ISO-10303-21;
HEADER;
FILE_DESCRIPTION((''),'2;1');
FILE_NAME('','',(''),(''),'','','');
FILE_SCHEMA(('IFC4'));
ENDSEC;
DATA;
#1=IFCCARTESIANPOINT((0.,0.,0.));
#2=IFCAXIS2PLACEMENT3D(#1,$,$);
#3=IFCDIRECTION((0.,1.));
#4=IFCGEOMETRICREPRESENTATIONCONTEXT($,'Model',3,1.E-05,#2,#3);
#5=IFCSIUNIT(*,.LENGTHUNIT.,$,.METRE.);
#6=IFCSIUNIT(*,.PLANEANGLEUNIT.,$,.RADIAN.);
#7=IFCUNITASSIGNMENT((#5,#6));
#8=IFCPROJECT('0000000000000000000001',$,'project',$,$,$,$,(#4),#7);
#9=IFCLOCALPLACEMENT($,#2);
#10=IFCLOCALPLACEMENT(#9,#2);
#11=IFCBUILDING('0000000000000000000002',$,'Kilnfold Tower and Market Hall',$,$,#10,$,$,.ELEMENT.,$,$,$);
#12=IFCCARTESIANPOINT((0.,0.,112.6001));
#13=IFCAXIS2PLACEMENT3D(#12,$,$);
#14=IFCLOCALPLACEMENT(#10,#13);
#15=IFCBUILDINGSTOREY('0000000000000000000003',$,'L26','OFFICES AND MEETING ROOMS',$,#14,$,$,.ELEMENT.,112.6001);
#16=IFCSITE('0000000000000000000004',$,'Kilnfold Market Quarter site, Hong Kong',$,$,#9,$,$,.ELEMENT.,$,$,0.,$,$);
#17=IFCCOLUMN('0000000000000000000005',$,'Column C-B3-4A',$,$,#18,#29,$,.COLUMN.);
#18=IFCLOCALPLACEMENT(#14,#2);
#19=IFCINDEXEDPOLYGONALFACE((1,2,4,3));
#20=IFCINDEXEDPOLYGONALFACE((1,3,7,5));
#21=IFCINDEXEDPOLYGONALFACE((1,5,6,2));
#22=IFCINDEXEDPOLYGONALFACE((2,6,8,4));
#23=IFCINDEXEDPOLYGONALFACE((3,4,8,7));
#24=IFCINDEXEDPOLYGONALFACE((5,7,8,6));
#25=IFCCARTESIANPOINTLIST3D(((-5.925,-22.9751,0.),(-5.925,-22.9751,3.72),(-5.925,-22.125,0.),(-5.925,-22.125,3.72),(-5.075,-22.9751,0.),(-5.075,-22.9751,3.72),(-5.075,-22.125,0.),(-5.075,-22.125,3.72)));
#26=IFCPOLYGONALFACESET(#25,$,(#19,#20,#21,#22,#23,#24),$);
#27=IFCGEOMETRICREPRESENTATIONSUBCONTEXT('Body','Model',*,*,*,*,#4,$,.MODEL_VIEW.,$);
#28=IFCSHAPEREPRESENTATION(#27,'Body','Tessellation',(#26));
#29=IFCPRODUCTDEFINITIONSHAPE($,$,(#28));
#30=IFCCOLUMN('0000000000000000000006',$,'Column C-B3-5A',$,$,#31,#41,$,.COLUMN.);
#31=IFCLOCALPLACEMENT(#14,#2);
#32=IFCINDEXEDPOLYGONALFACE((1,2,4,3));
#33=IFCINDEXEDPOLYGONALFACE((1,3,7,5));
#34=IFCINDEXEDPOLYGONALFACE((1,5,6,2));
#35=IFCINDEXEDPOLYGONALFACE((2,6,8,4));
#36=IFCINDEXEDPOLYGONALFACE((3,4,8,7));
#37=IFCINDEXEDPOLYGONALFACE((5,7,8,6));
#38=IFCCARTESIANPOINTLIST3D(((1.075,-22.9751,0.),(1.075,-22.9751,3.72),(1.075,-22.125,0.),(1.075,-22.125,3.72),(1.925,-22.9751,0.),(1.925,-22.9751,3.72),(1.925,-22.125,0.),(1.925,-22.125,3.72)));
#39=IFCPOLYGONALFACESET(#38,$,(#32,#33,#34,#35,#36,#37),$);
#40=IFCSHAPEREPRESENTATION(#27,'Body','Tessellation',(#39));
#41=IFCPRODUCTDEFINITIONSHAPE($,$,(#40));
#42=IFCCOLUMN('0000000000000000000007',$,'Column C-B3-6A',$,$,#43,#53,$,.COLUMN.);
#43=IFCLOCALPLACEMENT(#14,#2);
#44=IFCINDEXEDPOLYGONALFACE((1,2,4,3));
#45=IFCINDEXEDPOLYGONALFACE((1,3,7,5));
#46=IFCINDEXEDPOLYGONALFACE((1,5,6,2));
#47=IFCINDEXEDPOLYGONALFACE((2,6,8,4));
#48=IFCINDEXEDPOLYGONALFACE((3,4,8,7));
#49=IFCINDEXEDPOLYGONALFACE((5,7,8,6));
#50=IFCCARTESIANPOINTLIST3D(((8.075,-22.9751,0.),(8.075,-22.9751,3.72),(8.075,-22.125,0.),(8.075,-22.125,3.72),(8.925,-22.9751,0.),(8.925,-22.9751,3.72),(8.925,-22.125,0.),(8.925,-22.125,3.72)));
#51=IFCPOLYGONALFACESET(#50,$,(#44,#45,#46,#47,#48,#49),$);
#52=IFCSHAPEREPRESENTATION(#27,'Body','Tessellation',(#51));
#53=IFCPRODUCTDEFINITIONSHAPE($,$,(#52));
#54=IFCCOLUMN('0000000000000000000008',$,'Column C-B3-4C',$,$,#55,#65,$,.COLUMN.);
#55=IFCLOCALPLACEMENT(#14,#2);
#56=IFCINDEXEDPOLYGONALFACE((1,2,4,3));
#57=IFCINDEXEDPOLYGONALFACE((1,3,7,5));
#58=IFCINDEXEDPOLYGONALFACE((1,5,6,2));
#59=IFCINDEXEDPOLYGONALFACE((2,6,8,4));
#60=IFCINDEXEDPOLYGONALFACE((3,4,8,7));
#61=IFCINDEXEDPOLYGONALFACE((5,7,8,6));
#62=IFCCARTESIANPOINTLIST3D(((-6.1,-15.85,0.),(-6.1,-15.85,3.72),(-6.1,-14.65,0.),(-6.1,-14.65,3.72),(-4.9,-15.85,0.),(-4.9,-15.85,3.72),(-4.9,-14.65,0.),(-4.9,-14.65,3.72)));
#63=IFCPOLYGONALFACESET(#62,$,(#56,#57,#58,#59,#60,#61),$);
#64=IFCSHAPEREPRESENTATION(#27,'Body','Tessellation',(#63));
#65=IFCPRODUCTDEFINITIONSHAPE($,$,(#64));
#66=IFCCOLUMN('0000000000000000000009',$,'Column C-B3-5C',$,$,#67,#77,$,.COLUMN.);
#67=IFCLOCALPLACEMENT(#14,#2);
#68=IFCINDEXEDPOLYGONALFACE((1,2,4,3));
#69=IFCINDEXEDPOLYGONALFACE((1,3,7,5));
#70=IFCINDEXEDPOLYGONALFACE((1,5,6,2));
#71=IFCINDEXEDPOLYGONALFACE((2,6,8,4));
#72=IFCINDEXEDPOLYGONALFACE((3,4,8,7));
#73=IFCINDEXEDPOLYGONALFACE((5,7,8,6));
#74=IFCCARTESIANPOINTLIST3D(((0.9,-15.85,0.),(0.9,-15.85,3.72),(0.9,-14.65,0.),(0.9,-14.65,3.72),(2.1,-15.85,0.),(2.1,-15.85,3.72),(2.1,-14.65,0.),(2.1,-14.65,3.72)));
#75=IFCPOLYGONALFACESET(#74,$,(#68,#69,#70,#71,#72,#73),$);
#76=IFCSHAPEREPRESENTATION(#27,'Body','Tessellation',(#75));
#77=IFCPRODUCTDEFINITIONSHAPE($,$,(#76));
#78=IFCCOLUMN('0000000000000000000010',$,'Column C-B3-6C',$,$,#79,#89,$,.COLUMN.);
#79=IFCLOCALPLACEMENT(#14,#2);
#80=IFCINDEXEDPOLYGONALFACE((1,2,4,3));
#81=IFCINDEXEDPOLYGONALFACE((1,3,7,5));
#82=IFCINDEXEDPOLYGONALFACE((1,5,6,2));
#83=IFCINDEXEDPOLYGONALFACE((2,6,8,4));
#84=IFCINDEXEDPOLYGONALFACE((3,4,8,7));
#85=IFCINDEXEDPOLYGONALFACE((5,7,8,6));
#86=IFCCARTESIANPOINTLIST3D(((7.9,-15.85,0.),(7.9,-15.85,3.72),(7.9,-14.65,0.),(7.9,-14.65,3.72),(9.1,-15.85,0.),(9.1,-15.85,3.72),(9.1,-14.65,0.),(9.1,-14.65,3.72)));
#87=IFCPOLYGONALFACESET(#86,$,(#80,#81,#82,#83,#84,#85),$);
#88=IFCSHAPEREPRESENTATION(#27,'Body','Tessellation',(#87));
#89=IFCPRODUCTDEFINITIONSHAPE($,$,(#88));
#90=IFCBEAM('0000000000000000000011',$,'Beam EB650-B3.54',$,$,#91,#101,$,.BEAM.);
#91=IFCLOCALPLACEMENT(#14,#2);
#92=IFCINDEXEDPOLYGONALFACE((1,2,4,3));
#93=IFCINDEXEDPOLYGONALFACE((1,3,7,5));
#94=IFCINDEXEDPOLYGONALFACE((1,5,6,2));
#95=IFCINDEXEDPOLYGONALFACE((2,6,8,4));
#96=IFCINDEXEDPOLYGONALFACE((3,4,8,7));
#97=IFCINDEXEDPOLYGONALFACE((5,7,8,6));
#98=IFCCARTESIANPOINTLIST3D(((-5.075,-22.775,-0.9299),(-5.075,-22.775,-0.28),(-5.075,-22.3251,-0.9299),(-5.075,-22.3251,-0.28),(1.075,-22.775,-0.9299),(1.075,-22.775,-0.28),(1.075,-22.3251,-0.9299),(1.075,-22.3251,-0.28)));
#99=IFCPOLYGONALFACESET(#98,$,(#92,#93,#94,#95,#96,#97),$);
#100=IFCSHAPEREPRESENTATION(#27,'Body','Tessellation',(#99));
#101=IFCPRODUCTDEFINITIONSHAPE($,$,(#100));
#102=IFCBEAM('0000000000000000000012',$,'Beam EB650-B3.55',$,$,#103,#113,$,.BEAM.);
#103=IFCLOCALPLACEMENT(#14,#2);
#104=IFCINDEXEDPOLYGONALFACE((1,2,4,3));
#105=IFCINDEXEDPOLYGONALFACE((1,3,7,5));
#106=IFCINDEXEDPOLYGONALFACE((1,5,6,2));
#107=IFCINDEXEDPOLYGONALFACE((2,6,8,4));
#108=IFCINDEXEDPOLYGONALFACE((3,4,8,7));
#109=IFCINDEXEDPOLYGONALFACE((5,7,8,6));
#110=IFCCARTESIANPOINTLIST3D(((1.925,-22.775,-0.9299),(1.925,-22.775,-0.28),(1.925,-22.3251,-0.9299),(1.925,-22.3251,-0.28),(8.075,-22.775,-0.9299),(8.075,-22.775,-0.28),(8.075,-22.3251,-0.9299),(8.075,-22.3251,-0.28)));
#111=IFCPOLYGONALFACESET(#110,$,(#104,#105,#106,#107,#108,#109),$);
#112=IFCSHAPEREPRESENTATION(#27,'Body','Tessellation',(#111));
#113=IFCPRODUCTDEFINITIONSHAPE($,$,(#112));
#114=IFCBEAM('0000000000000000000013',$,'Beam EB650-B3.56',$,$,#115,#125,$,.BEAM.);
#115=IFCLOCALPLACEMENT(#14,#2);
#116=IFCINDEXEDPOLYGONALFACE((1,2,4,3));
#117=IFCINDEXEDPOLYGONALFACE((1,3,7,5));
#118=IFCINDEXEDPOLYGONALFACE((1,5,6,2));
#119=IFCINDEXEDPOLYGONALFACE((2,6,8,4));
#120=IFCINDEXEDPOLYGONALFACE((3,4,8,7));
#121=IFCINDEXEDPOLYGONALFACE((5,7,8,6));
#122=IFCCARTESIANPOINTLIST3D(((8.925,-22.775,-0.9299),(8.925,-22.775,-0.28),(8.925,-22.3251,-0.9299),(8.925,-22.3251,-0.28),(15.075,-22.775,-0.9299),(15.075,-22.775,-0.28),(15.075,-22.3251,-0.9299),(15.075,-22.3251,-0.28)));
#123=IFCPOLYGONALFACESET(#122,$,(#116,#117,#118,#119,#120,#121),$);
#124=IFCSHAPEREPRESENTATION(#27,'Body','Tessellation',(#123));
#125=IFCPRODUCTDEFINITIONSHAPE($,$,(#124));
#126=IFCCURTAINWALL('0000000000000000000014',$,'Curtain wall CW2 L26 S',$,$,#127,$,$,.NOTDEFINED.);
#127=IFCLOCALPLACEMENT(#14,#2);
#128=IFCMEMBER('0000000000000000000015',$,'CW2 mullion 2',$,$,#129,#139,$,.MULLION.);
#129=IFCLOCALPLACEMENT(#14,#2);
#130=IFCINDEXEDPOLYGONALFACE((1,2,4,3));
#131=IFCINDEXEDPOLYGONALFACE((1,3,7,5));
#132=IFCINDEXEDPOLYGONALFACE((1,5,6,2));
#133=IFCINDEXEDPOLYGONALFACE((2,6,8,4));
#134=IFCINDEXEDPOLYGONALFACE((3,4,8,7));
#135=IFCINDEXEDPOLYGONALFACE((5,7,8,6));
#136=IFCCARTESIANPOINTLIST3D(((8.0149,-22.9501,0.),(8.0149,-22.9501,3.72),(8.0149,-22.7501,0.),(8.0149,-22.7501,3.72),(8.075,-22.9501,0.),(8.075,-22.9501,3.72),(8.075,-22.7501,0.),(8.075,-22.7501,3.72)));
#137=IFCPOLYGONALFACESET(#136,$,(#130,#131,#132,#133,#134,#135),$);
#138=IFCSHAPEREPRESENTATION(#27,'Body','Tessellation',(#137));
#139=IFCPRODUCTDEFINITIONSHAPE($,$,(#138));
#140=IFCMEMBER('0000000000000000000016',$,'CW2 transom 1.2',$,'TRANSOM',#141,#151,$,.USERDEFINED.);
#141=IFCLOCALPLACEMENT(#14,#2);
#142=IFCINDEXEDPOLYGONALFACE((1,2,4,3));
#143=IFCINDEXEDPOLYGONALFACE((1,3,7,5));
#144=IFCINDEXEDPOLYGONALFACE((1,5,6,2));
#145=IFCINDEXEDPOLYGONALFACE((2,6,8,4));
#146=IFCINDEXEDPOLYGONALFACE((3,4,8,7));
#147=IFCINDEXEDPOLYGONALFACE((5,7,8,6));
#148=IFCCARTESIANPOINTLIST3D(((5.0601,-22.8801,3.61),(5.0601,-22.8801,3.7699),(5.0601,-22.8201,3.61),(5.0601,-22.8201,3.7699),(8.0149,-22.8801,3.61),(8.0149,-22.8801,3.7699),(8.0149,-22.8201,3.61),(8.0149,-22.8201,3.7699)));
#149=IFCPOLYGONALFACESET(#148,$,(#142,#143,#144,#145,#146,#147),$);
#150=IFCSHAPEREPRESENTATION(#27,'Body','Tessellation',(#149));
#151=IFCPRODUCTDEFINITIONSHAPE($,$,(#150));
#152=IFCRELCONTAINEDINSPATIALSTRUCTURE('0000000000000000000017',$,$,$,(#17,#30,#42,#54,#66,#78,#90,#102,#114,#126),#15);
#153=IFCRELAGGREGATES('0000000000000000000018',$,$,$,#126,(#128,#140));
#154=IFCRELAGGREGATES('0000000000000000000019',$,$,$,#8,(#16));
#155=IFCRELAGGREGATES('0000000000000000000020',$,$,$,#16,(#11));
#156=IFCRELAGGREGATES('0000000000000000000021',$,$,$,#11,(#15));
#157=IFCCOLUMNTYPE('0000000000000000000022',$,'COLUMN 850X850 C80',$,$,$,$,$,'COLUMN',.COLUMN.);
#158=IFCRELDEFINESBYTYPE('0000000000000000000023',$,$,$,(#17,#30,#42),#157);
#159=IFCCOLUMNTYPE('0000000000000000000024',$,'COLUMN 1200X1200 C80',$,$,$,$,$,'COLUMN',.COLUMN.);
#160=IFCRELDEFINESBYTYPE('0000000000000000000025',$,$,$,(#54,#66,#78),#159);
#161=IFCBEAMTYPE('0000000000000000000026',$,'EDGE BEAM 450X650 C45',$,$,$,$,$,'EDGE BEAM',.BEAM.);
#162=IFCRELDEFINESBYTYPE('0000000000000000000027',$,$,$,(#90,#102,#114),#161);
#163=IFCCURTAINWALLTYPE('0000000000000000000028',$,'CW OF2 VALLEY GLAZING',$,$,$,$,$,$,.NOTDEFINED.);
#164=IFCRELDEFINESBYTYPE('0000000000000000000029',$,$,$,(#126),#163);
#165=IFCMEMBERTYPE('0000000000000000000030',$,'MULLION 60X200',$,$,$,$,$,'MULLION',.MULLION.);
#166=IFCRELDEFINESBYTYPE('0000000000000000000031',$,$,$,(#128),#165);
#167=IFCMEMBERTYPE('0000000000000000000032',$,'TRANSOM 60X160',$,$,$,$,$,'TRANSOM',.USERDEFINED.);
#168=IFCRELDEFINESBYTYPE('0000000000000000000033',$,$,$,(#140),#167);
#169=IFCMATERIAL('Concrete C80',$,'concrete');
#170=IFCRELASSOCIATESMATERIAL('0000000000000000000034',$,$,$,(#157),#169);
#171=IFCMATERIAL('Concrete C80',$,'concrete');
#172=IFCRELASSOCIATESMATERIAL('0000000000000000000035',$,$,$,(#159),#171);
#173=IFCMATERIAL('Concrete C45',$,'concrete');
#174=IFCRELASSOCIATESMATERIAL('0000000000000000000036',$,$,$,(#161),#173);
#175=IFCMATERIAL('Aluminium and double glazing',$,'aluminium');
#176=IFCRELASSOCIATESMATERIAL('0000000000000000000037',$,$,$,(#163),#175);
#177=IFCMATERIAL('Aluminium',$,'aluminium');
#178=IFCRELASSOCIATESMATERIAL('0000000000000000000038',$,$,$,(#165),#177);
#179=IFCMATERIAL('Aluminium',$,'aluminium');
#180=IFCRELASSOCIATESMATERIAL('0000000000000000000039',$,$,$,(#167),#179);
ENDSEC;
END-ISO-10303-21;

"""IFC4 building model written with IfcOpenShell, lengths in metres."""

from ifc_helpers import new_model, si_unit, direction, frame, origin, origin_2d, place, context, subcontext, project, spatial, rectangle, extrude, source, transform, mapped, material, material_profile, profile_set, type_object, element, aggregate, save


model = new_model("IFC4")

# Units and contexts
model_context = context("Model", 3, precision=1e-05, world=origin(), true_north=direction((0.0, 1.0)))
body_context = subcontext(model_context, "Body", "Model", "MODEL_VIEW")
ifc_project = project(units=[si_unit("LENGTHUNIT", "METRE"), si_unit("PLANEANGLEUNIT", "RADIAN")], contexts=[model_context])

# Site, building, storey
site_placement = place(None, origin())
site = spatial("IfcSite", under=ifc_project, at=site_placement, Name="Kilnfold Market Quarter site, Hong Kong", CompositionType="ELEMENT", RefElevation=0.0)
building_placement = place(site_placement, origin())
building = spatial("IfcBuilding", under=site, at=building_placement, Name="Kilnfold Tower and Market Hall", CompositionType="ELEMENT")
storey_placement = place(building_placement, frame((0.0, 0.0, 112.6001)))
storey = spatial("IfcBuildingStorey", under=building, at=storey_placement, Name="L26", Description="OFFICES AND MEETING ROOMS", CompositionType="ELEMENT", Elevation=112.6001)

# Columns
ifc_material_1 = material(Name="Concrete C80", Category="concrete")
ifc_material_profile_1 = material_profile(ifc_material_1, rectangle(XDim=0.8501, YDim=0.8501, at=origin_2d()), Name="RC 850x850")
ifc_profile_set_1 = profile_set([ifc_material_profile_1], Name="Concrete C80")
column_type_1 = type_object("IfcColumnType", Name="COLUMN 850X850 C80", ElementType="COLUMN", PredefinedType="COLUMN", material=ifc_profile_set_1)
shared_shape_1 = source(origin(), body_context, "Body", "SweptSolid", [
    extrude(rectangle(XDim=0.8501, YDim=0.8501, at=origin_2d()), origin(), (0.0, 0.0, 1.0), 3.72),
])
for number, where, z_axis, x_axis, name in (
    (1, (-5.5, -22.55, 0.0), (0.0, 0.0, 1.0), (1.0, 0.0, 0.0), "Column C-B3-4A"),
    (2, (1.5, -22.55, 0.0), (0.0, 0.0, 1.0), (1.0, 0.0, 0.0), "Column C-B3-5A"),
    (3, (8.5, -22.55, 0.0), (0.0, 0.0, 1.0), (1.0, 0.0, 0.0), "Column C-B3-6A"),
):
    element("IfcColumn", number, at=place(storey_placement, frame(where, z_axis=z_axis, x_axis=x_axis)), inside=storey, type_object=column_type_1, Name=name, PredefinedType="COLUMN", context=body_context, shape_type="MappedRepresentation", body=[
        mapped(shared_shape_1, transform((0.0, 0.0, 0.0))),
    ])
ifc_material_2 = material(Name="Concrete C80", Category="concrete")
ifc_material_profile_2 = material_profile(ifc_material_2, rectangle(XDim=1.2, YDim=1.2, at=origin_2d()), Name="RC 1200x1200")
ifc_profile_set_2 = profile_set([ifc_material_profile_2], Name="Concrete C80")
column_type_2 = type_object("IfcColumnType", Name="COLUMN 1200X1200 C80", ElementType="COLUMN", PredefinedType="COLUMN", material=ifc_profile_set_2)
shared_shape_2 = source(origin(), body_context, "Body", "SweptSolid", [
    extrude(rectangle(XDim=1.2, YDim=1.2, at=origin_2d()), origin(), (0.0, 0.0, 1.0), 3.72),
])
for number, where, z_axis, x_axis, name in (
    (4, (-5.5, -15.25, 0.0), (0.0, 0.0, 1.0), (1.0, 0.0, 0.0), "Column C-B3-4C"),
    (5, (1.5, -15.25, 0.0), (0.0, 0.0, 1.0), (1.0, 0.0, 0.0), "Column C-B3-5C"),
    (6, (8.5, -15.25, 0.0), (0.0, 0.0, 1.0), (1.0, 0.0, 0.0), "Column C-B3-6C"),
):
    element("IfcColumn", number, at=place(storey_placement, frame(where, z_axis=z_axis, x_axis=x_axis)), inside=storey, type_object=column_type_2, Name=name, PredefinedType="COLUMN", context=body_context, shape_type="MappedRepresentation", body=[
        mapped(shared_shape_2, transform((0.0, 0.0, 0.0))),
    ])

# Beams
ifc_material_3 = material(Name="Concrete C45", Category="concrete")
ifc_material_profile_3 = material_profile(ifc_material_3, rectangle(XDim=0.45, YDim=0.6499, at=origin_2d()), Name="RC 450x650")
ifc_profile_set_3 = profile_set([ifc_material_profile_3], Name="Concrete C45")
beam_type = type_object("IfcBeamType", Name="EDGE BEAM 450X650 C45", ElementType="EDGE BEAM", PredefinedType="BEAM", material=ifc_profile_set_3)
shared_shape_3 = source(origin(), body_context, "Body", "SweptSolid", [
    extrude(rectangle(XDim=0.45, YDim=0.6499, at=origin_2d()), origin(), (0.0, 0.0, 1.0), 6.1499),
])
for number, where, z_axis, x_axis, name in (
    (7, (-5.075, -22.55, -0.605), (1.0, 0.0, 0.0), (0.0, 1.0, 0.0), "Beam EB650-B3.54"),
    (8, (1.925, -22.55, -0.605), (1.0, 0.0, 0.0), (0.0, 1.0, 0.0), "Beam EB650-B3.55"),
    (9, (8.925, -22.55, -0.605), (1.0, 0.0, 0.0), (0.0, 1.0, 0.0), "Beam EB650-B3.56"),
):
    element("IfcBeam", number, at=place(storey_placement, frame(where, z_axis=z_axis, x_axis=x_axis)), inside=storey, type_object=beam_type, Name=name, PredefinedType="BEAM", context=body_context, shape_type="MappedRepresentation", body=[
        mapped(shared_shape_3, transform((0.0, 0.0, 0.0))),
    ])

# Curtain wall, members
ifc_material_4 = material(Name="Aluminium and double glazing", Category="aluminium")
curtain_wall_type = type_object("IfcCurtainWallType", Name="CW OF2 VALLEY GLAZING", PredefinedType="NOTDEFINED", material=ifc_material_4)
curtain_wall_placement = place(storey_placement, origin())
curtain_wall = element("IfcCurtainWall", 10, at=curtain_wall_placement, inside=storey, type_object=curtain_wall_type, Name="Curtain wall CW2 L26 S", PredefinedType="NOTDEFINED")
ifc_material_5 = material(Name="Aluminium", Category="aluminium")
ifc_material_profile_4 = material_profile(ifc_material_5, rectangle(XDim=0.0601, YDim=0.2, at=origin_2d()), Name="MULLION 60x200")
ifc_profile_set_4 = profile_set([ifc_material_profile_4], Name="Aluminium")
member_type_1 = type_object("IfcMemberType", Name="MULLION 60X200", ElementType="MULLION", PredefinedType="MULLION", material=ifc_profile_set_4)
shared_shape_4 = source(origin(), body_context, "Body", "SweptSolid", [
    extrude(rectangle(XDim=0.0601, YDim=0.2, at=origin_2d()), origin(), (0.0, 0.0, 1.0), 3.72),
])
member_1_placement = place(storey_placement, frame((8.0449, -22.8501, 0.0), z_axis=(0.0, 0.0, 1.0), x_axis=(1.0, 0.0, 0.0)))
member_1 = element("IfcMember", 11, at=member_1_placement, type_object=member_type_1, Name="CW2 mullion 2", PredefinedType="MULLION", context=body_context, shape_type="MappedRepresentation", body=[
    mapped(shared_shape_4, transform((0.0, 0.0, 0.0))),
])
ifc_material_6 = material(Name="Aluminium", Category="aluminium")
ifc_material_profile_5 = material_profile(ifc_material_6, rectangle(XDim=0.0601, YDim=0.1599, at=origin_2d()), Name="TRANSOM 60x160")
ifc_profile_set_5 = profile_set([ifc_material_profile_5], Name="Aluminium")
member_type_2 = type_object("IfcMemberType", Name="TRANSOM 60X160", ElementType="TRANSOM", PredefinedType="USERDEFINED", material=ifc_profile_set_5)
shared_shape_5 = source(origin(), body_context, "Body", "SweptSolid", [
    extrude(rectangle(XDim=0.0601, YDim=0.1599, at=origin_2d()), origin(), (0.0, 0.0, 1.0), 2.9548),
])
member_2_placement = place(storey_placement, frame((5.0601, -22.8501, 3.6899), z_axis=(1.0, 0.0, 0.0), x_axis=(0.0, 1.0, 0.0)))
member_2 = element("IfcMember", 12, at=member_2_placement, type_object=member_type_2, Name="CW2 transom 1.2", ObjectType="TRANSOM", PredefinedType="USERDEFINED", context=body_context, shape_type="MappedRepresentation", body=[
    mapped(shared_shape_5, transform((0.0, 0.0, 0.0))),
])

aggregate(curtain_wall, [member_1, member_2])

save(model, "model.ifc")
